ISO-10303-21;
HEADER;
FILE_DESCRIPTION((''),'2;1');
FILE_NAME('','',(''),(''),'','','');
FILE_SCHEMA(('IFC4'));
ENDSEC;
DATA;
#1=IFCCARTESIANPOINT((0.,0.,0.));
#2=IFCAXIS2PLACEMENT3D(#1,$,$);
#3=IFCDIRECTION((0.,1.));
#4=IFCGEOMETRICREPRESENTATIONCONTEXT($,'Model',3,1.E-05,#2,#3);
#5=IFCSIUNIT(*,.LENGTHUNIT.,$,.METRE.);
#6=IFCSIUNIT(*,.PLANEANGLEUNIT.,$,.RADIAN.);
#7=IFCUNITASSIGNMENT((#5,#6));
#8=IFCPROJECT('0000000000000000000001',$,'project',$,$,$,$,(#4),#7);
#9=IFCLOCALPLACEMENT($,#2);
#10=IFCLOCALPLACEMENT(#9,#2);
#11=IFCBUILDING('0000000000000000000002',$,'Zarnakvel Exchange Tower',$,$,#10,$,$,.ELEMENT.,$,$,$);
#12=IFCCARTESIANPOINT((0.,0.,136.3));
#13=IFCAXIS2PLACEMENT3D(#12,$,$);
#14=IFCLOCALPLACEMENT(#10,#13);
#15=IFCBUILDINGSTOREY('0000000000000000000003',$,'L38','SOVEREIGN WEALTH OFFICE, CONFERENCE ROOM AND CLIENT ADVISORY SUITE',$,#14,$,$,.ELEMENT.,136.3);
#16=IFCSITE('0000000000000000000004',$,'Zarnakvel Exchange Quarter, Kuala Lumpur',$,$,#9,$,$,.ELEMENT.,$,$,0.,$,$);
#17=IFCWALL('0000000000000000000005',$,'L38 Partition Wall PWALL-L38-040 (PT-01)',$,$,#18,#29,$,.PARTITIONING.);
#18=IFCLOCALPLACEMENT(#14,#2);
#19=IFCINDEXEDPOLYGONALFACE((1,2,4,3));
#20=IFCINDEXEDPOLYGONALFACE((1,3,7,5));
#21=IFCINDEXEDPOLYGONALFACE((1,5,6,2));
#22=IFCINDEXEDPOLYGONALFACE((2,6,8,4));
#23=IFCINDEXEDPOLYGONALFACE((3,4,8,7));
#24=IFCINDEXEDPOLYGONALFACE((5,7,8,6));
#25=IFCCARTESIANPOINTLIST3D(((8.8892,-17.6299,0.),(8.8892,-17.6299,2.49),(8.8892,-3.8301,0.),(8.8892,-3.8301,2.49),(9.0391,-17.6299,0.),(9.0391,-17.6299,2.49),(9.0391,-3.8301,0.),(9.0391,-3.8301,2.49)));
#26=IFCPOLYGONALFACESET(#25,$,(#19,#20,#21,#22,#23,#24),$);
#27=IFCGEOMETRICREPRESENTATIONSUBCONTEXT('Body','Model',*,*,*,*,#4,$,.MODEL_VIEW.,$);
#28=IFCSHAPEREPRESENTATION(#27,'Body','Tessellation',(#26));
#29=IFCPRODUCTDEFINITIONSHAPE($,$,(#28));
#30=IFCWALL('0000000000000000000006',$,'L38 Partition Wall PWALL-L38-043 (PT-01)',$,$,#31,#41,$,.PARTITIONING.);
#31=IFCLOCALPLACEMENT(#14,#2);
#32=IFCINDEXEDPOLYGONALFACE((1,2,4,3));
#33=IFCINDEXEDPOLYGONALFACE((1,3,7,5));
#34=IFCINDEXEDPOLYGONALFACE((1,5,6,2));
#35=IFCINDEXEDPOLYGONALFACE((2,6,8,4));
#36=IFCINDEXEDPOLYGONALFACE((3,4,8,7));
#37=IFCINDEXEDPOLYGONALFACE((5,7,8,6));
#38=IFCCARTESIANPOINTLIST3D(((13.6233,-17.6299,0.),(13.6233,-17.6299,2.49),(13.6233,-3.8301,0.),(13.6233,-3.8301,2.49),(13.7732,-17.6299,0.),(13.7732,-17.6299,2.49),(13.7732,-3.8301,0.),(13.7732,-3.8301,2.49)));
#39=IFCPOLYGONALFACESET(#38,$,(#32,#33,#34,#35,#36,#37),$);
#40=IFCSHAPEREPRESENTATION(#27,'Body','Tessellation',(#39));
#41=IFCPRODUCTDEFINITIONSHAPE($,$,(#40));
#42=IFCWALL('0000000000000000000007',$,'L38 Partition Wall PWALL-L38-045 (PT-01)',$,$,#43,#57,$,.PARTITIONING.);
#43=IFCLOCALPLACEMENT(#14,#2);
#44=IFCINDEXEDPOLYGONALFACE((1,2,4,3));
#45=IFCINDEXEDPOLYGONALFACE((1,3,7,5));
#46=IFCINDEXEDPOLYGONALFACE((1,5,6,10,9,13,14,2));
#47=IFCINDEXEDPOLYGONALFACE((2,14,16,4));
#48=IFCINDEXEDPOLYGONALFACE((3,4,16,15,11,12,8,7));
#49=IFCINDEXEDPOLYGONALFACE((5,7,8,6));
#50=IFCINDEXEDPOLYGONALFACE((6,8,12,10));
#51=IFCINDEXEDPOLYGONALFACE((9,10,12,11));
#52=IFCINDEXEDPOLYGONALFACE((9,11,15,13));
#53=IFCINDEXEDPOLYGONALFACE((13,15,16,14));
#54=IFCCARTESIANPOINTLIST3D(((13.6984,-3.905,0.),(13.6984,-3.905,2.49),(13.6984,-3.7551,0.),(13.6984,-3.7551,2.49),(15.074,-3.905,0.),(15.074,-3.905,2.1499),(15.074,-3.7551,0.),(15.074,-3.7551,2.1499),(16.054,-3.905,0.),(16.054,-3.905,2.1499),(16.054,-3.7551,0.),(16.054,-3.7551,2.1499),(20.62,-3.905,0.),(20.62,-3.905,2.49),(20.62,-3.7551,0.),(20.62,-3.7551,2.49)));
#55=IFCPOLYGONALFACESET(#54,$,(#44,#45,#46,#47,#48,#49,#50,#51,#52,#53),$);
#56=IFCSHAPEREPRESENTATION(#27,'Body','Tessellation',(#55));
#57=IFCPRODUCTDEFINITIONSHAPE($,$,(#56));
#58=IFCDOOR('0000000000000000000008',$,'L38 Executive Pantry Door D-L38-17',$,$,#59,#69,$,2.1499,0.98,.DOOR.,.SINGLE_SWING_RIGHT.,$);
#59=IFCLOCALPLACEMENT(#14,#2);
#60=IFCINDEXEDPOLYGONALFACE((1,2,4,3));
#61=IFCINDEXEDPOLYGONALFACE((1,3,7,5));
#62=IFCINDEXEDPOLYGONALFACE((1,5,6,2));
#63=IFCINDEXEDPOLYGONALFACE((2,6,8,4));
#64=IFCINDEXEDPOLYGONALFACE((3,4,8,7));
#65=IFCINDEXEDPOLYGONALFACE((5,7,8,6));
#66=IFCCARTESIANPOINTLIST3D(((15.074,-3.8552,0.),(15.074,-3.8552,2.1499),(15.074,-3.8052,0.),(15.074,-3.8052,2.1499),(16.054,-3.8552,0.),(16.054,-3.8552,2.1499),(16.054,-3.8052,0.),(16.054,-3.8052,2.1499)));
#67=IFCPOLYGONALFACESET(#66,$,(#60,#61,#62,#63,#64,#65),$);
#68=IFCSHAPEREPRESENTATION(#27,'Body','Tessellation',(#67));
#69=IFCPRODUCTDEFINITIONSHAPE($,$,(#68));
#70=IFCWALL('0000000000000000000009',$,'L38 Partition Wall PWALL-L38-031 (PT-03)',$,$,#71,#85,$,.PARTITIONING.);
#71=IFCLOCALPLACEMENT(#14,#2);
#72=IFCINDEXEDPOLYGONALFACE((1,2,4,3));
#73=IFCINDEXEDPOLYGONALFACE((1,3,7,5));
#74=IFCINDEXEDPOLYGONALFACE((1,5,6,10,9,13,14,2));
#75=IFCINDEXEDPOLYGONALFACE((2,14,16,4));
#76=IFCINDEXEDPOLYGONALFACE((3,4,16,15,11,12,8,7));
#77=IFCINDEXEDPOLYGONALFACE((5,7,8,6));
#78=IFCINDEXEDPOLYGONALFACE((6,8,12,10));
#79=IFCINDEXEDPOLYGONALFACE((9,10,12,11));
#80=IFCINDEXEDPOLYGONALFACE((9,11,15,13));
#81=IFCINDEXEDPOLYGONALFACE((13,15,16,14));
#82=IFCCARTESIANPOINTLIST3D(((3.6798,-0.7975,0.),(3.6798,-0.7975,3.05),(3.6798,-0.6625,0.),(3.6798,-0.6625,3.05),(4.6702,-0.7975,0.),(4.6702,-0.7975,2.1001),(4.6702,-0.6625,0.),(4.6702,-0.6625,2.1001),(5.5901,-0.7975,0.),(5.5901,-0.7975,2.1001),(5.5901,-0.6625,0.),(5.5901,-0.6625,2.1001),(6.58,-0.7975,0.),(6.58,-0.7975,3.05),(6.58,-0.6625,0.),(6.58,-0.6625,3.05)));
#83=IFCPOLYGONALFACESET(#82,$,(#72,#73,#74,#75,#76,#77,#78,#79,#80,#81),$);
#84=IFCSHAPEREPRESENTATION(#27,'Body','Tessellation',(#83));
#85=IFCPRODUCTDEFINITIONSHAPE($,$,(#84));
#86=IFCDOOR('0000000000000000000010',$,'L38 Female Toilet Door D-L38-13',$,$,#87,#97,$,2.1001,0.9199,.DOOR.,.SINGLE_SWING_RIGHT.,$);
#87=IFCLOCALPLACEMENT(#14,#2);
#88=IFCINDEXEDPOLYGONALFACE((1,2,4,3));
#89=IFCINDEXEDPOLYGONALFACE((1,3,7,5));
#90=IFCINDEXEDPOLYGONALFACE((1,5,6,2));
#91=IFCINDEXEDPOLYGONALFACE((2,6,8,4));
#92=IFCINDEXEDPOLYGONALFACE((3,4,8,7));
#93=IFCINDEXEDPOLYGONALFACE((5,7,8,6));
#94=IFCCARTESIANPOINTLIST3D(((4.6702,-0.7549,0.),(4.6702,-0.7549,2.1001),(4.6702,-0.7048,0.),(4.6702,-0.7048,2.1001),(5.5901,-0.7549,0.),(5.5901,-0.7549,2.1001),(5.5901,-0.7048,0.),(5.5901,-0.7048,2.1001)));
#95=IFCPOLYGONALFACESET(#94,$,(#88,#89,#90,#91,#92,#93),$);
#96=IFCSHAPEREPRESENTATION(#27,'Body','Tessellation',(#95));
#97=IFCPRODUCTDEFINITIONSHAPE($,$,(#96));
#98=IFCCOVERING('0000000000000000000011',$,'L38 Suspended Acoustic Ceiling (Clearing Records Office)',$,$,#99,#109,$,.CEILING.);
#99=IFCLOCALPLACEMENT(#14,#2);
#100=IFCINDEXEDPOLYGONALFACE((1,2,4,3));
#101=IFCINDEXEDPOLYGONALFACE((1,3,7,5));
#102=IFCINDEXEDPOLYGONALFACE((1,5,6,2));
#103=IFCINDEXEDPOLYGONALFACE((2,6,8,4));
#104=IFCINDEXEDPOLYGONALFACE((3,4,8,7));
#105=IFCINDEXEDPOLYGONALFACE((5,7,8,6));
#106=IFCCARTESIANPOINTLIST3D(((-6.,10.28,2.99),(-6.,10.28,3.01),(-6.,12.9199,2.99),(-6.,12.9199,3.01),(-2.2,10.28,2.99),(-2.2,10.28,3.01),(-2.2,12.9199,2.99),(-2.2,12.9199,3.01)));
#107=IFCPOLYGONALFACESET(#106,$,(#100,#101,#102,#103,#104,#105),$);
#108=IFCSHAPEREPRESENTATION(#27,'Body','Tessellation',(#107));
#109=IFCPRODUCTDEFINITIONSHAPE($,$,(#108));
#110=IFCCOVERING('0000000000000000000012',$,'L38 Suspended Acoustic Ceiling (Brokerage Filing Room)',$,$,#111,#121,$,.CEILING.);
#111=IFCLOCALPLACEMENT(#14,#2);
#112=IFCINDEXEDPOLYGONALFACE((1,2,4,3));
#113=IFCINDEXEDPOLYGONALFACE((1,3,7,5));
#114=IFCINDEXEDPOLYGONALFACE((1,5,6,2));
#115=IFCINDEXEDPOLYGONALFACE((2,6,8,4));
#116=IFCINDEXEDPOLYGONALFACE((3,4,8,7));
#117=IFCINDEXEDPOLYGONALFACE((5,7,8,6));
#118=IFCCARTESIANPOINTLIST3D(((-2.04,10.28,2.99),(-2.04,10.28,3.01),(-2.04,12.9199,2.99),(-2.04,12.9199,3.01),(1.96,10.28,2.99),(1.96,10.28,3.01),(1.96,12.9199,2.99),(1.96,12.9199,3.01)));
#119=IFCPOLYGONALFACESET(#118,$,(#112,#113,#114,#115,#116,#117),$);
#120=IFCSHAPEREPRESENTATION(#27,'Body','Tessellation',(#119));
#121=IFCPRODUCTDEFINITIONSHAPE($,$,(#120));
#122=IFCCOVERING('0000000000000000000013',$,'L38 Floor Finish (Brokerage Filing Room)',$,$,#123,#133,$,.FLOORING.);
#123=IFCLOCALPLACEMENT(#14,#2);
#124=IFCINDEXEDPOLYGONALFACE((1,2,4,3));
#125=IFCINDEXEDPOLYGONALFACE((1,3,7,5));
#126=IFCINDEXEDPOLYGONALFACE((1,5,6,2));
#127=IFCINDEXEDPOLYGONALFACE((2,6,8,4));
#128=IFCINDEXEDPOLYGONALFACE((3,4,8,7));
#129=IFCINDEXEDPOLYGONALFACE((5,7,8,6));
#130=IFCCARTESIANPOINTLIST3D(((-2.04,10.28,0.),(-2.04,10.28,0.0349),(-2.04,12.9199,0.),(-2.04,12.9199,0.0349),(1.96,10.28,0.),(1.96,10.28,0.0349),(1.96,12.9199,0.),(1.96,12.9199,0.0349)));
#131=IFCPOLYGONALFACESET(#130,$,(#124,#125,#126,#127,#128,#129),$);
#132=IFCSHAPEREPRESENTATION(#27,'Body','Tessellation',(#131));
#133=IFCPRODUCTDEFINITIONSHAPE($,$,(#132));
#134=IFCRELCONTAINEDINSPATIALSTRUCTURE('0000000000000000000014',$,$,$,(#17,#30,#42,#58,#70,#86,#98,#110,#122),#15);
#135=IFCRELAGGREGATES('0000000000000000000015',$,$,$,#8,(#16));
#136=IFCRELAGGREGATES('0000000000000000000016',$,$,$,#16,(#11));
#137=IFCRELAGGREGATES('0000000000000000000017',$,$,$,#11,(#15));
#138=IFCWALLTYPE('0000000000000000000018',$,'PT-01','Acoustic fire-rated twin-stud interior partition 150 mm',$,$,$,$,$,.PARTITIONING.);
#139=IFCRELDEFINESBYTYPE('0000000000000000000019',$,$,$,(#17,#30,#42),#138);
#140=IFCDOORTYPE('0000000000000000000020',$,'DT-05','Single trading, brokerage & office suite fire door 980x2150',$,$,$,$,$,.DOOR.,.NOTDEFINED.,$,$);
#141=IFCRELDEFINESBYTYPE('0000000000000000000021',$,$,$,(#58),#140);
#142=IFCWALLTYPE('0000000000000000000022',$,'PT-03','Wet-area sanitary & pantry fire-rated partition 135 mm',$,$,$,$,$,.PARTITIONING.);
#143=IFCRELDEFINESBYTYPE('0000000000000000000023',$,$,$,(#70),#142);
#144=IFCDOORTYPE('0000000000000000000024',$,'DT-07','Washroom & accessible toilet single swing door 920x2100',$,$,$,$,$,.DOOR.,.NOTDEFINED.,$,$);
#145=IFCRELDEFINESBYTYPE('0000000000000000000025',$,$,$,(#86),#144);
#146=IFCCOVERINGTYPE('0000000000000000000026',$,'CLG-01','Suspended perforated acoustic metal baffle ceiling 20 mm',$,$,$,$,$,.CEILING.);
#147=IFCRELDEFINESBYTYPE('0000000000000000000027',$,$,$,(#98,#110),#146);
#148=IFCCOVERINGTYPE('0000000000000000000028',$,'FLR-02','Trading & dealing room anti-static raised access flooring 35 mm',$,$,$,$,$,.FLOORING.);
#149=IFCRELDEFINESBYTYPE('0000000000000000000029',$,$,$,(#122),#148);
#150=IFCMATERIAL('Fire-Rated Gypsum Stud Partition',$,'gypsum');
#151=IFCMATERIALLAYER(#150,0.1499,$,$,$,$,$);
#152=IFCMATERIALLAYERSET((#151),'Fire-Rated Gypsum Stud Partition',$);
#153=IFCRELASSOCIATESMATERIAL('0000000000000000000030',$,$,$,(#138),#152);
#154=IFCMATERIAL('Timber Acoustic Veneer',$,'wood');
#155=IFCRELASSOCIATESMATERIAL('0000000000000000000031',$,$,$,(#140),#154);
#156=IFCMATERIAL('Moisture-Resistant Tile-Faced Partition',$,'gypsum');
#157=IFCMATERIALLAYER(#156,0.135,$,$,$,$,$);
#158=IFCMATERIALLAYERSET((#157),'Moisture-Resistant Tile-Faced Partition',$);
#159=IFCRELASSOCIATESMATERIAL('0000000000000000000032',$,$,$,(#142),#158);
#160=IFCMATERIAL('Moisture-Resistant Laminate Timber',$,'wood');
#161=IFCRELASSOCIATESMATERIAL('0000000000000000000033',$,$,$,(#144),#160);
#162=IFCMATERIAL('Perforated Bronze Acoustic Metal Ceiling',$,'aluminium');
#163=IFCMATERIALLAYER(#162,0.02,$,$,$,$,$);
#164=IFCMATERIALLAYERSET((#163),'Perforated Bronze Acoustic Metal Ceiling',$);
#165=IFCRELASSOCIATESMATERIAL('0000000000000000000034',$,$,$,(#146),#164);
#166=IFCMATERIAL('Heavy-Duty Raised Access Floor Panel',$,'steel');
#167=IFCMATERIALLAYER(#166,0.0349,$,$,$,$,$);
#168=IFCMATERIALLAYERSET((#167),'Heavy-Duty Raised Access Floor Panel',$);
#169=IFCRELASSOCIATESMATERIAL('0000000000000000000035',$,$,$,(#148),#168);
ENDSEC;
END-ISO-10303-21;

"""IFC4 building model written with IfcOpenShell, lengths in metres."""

from ifc_helpers import new_model, si_unit, direction, frame, frame_2d, origin, place, context, subcontext, project, spatial, polyline, rectangle, outline, extrude, source, transform, mapped, material, layer, layer_set, type_object, element, fill, save


model = new_model("IFC4")

# Units and contexts
model_context = context("Model", 3, precision=1e-05, world=origin(), true_north=direction((0.0, 1.0)))
body_context = subcontext(model_context, "Body", "Model", "MODEL_VIEW")
ifc_project = project(units=[si_unit("LENGTHUNIT", "METRE"), si_unit("PLANEANGLEUNIT", "RADIAN")], contexts=[model_context])

# Site, building, storey
site_placement = place(None, origin())
site = spatial("IfcSite", under=ifc_project, at=site_placement, Name="Zarnakvel Exchange Quarter, Kuala Lumpur", CompositionType="ELEMENT", RefElevation=0.0)
building_placement = place(site_placement, origin())
building = spatial("IfcBuilding", under=site, at=building_placement, Name="Zarnakvel Exchange Tower", CompositionType="ELEMENT")
storey_placement = place(building_placement, frame((0.0, 0.0, 136.3)))
storey = spatial("IfcBuildingStorey", under=building, at=storey_placement, Name="L38", Description="SOVEREIGN WEALTH OFFICE, CONFERENCE ROOM AND CLIENT ADVISORY SUITE", CompositionType="ELEMENT", Elevation=136.3)

# Shared definitions
ifc_material_1 = material(Name="Fire-Rated Gypsum Stud Partition", Category="gypsum")
ifc_layer_1 = layer(ifc_material_1, 0.1499)
ifc_layer_set_1 = layer_set([ifc_layer_1], Name="Fire-Rated Gypsum Stud Partition")
wall_type_1 = type_object("IfcWallType", Name="PT-01", Description="Acoustic fire-rated twin-stud interior partition 150 mm", PredefinedType="PARTITIONING", material=ifc_layer_set_1)

# Shared definitions
ifc_material_2 = material(Name="Timber Acoustic Veneer", Category="wood")
door_type_1 = type_object("IfcDoorType", Name="DT-05", Description="Single trading, brokerage & office suite fire door 980x2150", OperationType="NOTDEFINED", PredefinedType="DOOR", material=ifc_material_2)
shared_shape_1 = source(origin(), body_context, "Body", "SweptSolid", [
    extrude(rectangle(XDim=0.98, YDim=2.1499, at=frame_2d((0.49, 1.075))), frame((0.0, 0.0249, 0.0), z_axis=(0.0, -1.0, 0.0), x_axis=(1.0, 0.0, 0.0)), (0.0, 0.0, 1.0), 0.05),
])

# Wall
wall_1_placement = place(storey_placement, frame((8.9641, -3.8301, 0.0), z_axis=(0.0, 0.0, 1.0), x_axis=(0.0, -1.0, 0.0)))
element("IfcWall", 1, at=wall_1_placement, inside=storey, type_object=wall_type_1, Name="L38 Partition Wall PWALL-L38-040 (PT-01)", PredefinedType="PARTITIONING", context=body_context, shape_type="SweptSolid", body=[
    extrude(rectangle(XDim=13.7998, YDim=0.1499, at=frame_2d((6.8999, 0.0))), origin(), (0.0, 0.0, 1.0), 2.49),
])

# Wall
wall_2_placement = place(storey_placement, frame((13.6982, -3.8301, 0.0), z_axis=(0.0, 0.0, 1.0), x_axis=(0.0, -1.0, 0.0)))
element("IfcWall", 2, at=wall_2_placement, inside=storey, type_object=wall_type_1, Name="L38 Partition Wall PWALL-L38-043 (PT-01)", PredefinedType="PARTITIONING", context=body_context, shape_type="SweptSolid", body=[
    extrude(rectangle(XDim=13.7998, YDim=0.1499, at=frame_2d((6.8999, 0.0))), origin(), (0.0, 0.0, 1.0), 2.49),
])

# Walls, openings, doors
wall_3_placement = place(storey_placement, frame((13.6982, -3.8301, 0.0), z_axis=(0.0, 0.0, 1.0), x_axis=(1.0, 0.0, 0.0)))
wall_3 = element("IfcWall", 3, at=wall_3_placement, inside=storey, type_object=wall_type_1, Name="L38 Partition Wall PWALL-L38-045 (PT-01)", PredefinedType="PARTITIONING", context=body_context, shape_type="SweptSolid", body=[
    extrude(rectangle(XDim=6.9216, YDim=0.1499, at=frame_2d((3.4609, 0.0))), origin(), (0.0, 0.0, 1.0), 2.49),
])
opening_1_placement = place(wall_3_placement, frame((1.3757, 0.0, 0.0)))
opening_1 = element("IfcOpeningElement", 4, at=opening_1_placement, cuts=wall_3, PredefinedType="OPENING", context=body_context, shape_type="SweptSolid", body=[
    extrude(rectangle(XDim=0.98, YDim=2.1499, at=frame_2d((0.49, 1.075))), frame((0.0, 0.085, 0.0), z_axis=(0.0, -1.0, 0.0), x_axis=(1.0, 0.0, 0.0)), (0.0, 0.0, 1.0), 0.1699),
])
door_1_placement = place(opening_1_placement, origin())
door_1 = element("IfcDoor", 5, at=door_1_placement, inside=storey, type_object=door_type_1, Name="L38 Executive Pantry Door D-L38-17", OperationType="SINGLE_SWING_RIGHT", OverallHeight=2.1499, OverallWidth=0.98, PredefinedType="DOOR", context=body_context, shape_type="MappedRepresentation", body=[
    mapped(shared_shape_1, transform((0.0, 0.0, 0.0), x_axis=(1.0, 0.0, 0.0), y_axis=(0.0, 1.0, 0.0), z_axis=(0.0, 0.0, 1.0), scale=1.0)),
])
fill(opening_1, door_1)
ifc_material_3 = material(Name="Moisture-Resistant Tile-Faced Partition", Category="gypsum")
ifc_layer_2 = layer(ifc_material_3, 0.135)
ifc_layer_set_2 = layer_set([ifc_layer_2], Name="Moisture-Resistant Tile-Faced Partition")
wall_type_2 = type_object("IfcWallType", Name="PT-03", Description="Wet-area sanitary & pantry fire-rated partition 135 mm", PredefinedType="PARTITIONING", material=ifc_layer_set_2)
wall_4_placement = place(storey_placement, frame((6.5801, -0.73, 0.0), z_axis=(0.0, 0.0, 1.0), x_axis=(-1.0, 0.0, 0.0)))
wall_4 = element("IfcWall", 6, at=wall_4_placement, inside=storey, type_object=wall_type_2, Name="L38 Partition Wall PWALL-L38-031 (PT-03)", PredefinedType="PARTITIONING", context=body_context, shape_type="SweptSolid", body=[
    extrude(rectangle(XDim=2.9001, YDim=0.135, at=frame_2d((1.4502, 0.0))), origin(), (0.0, 0.0, 1.0), 3.05),
])
opening_2_placement = place(wall_4_placement, frame((0.99, 0.0, 0.0)))
opening_2 = element("IfcOpeningElement", 7, at=opening_2_placement, cuts=wall_4, PredefinedType="OPENING", context=body_context, shape_type="SweptSolid", body=[
    extrude(rectangle(XDim=0.9199, YDim=2.1001, at=frame_2d((0.46, 1.05))), frame((0.0, 0.0774, 0.0), z_axis=(0.0, -1.0, 0.0), x_axis=(1.0, 0.0, 0.0)), (0.0, 0.0, 1.0), 0.155),
])
ifc_material_4 = material(Name="Moisture-Resistant Laminate Timber", Category="wood")
door_type_2 = type_object("IfcDoorType", Name="DT-07", Description="Washroom & accessible toilet single swing door 920x2100", OperationType="NOTDEFINED", PredefinedType="DOOR", material=ifc_material_4)
shared_shape_2 = source(origin(), body_context, "Body", "SweptSolid", [
    extrude(rectangle(XDim=0.9199, YDim=2.1001, at=frame_2d((0.46, 1.05))), frame((0.0, 0.0249, 0.0), z_axis=(0.0, -1.0, 0.0), x_axis=(1.0, 0.0, 0.0)), (0.0, 0.0, 1.0), 0.05),
])
door_2_placement = place(opening_2_placement, origin())
door_2 = element("IfcDoor", 8, at=door_2_placement, inside=storey, type_object=door_type_2, Name="L38 Female Toilet Door D-L38-13", OperationType="SINGLE_SWING_RIGHT", OverallHeight=2.1001, OverallWidth=0.9199, PredefinedType="DOOR", context=body_context, shape_type="MappedRepresentation", body=[
    mapped(shared_shape_2, transform((0.0, 0.0, 0.0), x_axis=(1.0, 0.0, 0.0), y_axis=(0.0, 1.0, 0.0), z_axis=(0.0, 0.0, 1.0), scale=1.0)),
])
fill(opening_2, door_2)

# Coverings
ifc_material_5 = material(Name="Perforated Bronze Acoustic Metal Ceiling", Category="aluminium")
ifc_layer_3 = layer(ifc_material_5, 0.02)
ifc_layer_set_3 = layer_set([ifc_layer_3], Name="Perforated Bronze Acoustic Metal Ceiling")
covering_type_1 = type_object("IfcCoveringType", Name="CLG-01", Description="Suspended perforated acoustic metal baffle ceiling 20 mm", PredefinedType="CEILING", material=ifc_layer_set_3)
covering_1_placement = place(storey_placement, frame((0.0, 0.0, 2.99)))
element("IfcCovering", 9, at=covering_1_placement, inside=storey, type_object=covering_type_1, Name="L38 Suspended Acoustic Ceiling (Clearing Records Office)", PredefinedType="CEILING", context=body_context, shape_type="SweptSolid", body=[
    extrude(outline(polyline([(-6.0, 12.9199), (-2.2, 12.9199), (-2.2, 10.28), (-6.0, 10.28), (-6.0, 12.9199)])), origin(), (0.0, 0.0, 1.0), 0.02),
])
covering_2_placement = place(storey_placement, frame((0.0, 0.0, 2.99)))
element("IfcCovering", 10, at=covering_2_placement, inside=storey, type_object=covering_type_1, Name="L38 Suspended Acoustic Ceiling (Brokerage Filing Room)", PredefinedType="CEILING", context=body_context, shape_type="SweptSolid", body=[
    extrude(outline(polyline([(-2.04, 12.9199), (1.96, 12.9199), (1.96, 10.28), (-2.04, 10.28), (-2.04, 12.9199)])), origin(), (0.0, 0.0, 1.0), 0.02),
])
ifc_material_6 = material(Name="Heavy-Duty Raised Access Floor Panel", Category="steel")
ifc_layer_4 = layer(ifc_material_6, 0.0349)
ifc_layer_set_4 = layer_set([ifc_layer_4], Name="Heavy-Duty Raised Access Floor Panel")
covering_type_2 = type_object("IfcCoveringType", Name="FLR-02", Description="Trading & dealing room anti-static raised access flooring 35 mm", PredefinedType="FLOORING", material=ifc_layer_set_4)
covering_3_placement = place(storey_placement, origin())
element("IfcCovering", 11, at=covering_3_placement, inside=storey, type_object=covering_type_2, Name="L38 Floor Finish (Brokerage Filing Room)", PredefinedType="FLOORING", context=body_context, shape_type="SweptSolid", body=[
    extrude(outline(polyline([(-2.04, 12.9199), (1.96, 12.9199), (1.96, 10.28), (-2.04, 10.28), (-2.04, 12.9199)])), origin(), (0.0, 0.0, 1.0), 0.0349),
])

save(model, "model.ifc")
